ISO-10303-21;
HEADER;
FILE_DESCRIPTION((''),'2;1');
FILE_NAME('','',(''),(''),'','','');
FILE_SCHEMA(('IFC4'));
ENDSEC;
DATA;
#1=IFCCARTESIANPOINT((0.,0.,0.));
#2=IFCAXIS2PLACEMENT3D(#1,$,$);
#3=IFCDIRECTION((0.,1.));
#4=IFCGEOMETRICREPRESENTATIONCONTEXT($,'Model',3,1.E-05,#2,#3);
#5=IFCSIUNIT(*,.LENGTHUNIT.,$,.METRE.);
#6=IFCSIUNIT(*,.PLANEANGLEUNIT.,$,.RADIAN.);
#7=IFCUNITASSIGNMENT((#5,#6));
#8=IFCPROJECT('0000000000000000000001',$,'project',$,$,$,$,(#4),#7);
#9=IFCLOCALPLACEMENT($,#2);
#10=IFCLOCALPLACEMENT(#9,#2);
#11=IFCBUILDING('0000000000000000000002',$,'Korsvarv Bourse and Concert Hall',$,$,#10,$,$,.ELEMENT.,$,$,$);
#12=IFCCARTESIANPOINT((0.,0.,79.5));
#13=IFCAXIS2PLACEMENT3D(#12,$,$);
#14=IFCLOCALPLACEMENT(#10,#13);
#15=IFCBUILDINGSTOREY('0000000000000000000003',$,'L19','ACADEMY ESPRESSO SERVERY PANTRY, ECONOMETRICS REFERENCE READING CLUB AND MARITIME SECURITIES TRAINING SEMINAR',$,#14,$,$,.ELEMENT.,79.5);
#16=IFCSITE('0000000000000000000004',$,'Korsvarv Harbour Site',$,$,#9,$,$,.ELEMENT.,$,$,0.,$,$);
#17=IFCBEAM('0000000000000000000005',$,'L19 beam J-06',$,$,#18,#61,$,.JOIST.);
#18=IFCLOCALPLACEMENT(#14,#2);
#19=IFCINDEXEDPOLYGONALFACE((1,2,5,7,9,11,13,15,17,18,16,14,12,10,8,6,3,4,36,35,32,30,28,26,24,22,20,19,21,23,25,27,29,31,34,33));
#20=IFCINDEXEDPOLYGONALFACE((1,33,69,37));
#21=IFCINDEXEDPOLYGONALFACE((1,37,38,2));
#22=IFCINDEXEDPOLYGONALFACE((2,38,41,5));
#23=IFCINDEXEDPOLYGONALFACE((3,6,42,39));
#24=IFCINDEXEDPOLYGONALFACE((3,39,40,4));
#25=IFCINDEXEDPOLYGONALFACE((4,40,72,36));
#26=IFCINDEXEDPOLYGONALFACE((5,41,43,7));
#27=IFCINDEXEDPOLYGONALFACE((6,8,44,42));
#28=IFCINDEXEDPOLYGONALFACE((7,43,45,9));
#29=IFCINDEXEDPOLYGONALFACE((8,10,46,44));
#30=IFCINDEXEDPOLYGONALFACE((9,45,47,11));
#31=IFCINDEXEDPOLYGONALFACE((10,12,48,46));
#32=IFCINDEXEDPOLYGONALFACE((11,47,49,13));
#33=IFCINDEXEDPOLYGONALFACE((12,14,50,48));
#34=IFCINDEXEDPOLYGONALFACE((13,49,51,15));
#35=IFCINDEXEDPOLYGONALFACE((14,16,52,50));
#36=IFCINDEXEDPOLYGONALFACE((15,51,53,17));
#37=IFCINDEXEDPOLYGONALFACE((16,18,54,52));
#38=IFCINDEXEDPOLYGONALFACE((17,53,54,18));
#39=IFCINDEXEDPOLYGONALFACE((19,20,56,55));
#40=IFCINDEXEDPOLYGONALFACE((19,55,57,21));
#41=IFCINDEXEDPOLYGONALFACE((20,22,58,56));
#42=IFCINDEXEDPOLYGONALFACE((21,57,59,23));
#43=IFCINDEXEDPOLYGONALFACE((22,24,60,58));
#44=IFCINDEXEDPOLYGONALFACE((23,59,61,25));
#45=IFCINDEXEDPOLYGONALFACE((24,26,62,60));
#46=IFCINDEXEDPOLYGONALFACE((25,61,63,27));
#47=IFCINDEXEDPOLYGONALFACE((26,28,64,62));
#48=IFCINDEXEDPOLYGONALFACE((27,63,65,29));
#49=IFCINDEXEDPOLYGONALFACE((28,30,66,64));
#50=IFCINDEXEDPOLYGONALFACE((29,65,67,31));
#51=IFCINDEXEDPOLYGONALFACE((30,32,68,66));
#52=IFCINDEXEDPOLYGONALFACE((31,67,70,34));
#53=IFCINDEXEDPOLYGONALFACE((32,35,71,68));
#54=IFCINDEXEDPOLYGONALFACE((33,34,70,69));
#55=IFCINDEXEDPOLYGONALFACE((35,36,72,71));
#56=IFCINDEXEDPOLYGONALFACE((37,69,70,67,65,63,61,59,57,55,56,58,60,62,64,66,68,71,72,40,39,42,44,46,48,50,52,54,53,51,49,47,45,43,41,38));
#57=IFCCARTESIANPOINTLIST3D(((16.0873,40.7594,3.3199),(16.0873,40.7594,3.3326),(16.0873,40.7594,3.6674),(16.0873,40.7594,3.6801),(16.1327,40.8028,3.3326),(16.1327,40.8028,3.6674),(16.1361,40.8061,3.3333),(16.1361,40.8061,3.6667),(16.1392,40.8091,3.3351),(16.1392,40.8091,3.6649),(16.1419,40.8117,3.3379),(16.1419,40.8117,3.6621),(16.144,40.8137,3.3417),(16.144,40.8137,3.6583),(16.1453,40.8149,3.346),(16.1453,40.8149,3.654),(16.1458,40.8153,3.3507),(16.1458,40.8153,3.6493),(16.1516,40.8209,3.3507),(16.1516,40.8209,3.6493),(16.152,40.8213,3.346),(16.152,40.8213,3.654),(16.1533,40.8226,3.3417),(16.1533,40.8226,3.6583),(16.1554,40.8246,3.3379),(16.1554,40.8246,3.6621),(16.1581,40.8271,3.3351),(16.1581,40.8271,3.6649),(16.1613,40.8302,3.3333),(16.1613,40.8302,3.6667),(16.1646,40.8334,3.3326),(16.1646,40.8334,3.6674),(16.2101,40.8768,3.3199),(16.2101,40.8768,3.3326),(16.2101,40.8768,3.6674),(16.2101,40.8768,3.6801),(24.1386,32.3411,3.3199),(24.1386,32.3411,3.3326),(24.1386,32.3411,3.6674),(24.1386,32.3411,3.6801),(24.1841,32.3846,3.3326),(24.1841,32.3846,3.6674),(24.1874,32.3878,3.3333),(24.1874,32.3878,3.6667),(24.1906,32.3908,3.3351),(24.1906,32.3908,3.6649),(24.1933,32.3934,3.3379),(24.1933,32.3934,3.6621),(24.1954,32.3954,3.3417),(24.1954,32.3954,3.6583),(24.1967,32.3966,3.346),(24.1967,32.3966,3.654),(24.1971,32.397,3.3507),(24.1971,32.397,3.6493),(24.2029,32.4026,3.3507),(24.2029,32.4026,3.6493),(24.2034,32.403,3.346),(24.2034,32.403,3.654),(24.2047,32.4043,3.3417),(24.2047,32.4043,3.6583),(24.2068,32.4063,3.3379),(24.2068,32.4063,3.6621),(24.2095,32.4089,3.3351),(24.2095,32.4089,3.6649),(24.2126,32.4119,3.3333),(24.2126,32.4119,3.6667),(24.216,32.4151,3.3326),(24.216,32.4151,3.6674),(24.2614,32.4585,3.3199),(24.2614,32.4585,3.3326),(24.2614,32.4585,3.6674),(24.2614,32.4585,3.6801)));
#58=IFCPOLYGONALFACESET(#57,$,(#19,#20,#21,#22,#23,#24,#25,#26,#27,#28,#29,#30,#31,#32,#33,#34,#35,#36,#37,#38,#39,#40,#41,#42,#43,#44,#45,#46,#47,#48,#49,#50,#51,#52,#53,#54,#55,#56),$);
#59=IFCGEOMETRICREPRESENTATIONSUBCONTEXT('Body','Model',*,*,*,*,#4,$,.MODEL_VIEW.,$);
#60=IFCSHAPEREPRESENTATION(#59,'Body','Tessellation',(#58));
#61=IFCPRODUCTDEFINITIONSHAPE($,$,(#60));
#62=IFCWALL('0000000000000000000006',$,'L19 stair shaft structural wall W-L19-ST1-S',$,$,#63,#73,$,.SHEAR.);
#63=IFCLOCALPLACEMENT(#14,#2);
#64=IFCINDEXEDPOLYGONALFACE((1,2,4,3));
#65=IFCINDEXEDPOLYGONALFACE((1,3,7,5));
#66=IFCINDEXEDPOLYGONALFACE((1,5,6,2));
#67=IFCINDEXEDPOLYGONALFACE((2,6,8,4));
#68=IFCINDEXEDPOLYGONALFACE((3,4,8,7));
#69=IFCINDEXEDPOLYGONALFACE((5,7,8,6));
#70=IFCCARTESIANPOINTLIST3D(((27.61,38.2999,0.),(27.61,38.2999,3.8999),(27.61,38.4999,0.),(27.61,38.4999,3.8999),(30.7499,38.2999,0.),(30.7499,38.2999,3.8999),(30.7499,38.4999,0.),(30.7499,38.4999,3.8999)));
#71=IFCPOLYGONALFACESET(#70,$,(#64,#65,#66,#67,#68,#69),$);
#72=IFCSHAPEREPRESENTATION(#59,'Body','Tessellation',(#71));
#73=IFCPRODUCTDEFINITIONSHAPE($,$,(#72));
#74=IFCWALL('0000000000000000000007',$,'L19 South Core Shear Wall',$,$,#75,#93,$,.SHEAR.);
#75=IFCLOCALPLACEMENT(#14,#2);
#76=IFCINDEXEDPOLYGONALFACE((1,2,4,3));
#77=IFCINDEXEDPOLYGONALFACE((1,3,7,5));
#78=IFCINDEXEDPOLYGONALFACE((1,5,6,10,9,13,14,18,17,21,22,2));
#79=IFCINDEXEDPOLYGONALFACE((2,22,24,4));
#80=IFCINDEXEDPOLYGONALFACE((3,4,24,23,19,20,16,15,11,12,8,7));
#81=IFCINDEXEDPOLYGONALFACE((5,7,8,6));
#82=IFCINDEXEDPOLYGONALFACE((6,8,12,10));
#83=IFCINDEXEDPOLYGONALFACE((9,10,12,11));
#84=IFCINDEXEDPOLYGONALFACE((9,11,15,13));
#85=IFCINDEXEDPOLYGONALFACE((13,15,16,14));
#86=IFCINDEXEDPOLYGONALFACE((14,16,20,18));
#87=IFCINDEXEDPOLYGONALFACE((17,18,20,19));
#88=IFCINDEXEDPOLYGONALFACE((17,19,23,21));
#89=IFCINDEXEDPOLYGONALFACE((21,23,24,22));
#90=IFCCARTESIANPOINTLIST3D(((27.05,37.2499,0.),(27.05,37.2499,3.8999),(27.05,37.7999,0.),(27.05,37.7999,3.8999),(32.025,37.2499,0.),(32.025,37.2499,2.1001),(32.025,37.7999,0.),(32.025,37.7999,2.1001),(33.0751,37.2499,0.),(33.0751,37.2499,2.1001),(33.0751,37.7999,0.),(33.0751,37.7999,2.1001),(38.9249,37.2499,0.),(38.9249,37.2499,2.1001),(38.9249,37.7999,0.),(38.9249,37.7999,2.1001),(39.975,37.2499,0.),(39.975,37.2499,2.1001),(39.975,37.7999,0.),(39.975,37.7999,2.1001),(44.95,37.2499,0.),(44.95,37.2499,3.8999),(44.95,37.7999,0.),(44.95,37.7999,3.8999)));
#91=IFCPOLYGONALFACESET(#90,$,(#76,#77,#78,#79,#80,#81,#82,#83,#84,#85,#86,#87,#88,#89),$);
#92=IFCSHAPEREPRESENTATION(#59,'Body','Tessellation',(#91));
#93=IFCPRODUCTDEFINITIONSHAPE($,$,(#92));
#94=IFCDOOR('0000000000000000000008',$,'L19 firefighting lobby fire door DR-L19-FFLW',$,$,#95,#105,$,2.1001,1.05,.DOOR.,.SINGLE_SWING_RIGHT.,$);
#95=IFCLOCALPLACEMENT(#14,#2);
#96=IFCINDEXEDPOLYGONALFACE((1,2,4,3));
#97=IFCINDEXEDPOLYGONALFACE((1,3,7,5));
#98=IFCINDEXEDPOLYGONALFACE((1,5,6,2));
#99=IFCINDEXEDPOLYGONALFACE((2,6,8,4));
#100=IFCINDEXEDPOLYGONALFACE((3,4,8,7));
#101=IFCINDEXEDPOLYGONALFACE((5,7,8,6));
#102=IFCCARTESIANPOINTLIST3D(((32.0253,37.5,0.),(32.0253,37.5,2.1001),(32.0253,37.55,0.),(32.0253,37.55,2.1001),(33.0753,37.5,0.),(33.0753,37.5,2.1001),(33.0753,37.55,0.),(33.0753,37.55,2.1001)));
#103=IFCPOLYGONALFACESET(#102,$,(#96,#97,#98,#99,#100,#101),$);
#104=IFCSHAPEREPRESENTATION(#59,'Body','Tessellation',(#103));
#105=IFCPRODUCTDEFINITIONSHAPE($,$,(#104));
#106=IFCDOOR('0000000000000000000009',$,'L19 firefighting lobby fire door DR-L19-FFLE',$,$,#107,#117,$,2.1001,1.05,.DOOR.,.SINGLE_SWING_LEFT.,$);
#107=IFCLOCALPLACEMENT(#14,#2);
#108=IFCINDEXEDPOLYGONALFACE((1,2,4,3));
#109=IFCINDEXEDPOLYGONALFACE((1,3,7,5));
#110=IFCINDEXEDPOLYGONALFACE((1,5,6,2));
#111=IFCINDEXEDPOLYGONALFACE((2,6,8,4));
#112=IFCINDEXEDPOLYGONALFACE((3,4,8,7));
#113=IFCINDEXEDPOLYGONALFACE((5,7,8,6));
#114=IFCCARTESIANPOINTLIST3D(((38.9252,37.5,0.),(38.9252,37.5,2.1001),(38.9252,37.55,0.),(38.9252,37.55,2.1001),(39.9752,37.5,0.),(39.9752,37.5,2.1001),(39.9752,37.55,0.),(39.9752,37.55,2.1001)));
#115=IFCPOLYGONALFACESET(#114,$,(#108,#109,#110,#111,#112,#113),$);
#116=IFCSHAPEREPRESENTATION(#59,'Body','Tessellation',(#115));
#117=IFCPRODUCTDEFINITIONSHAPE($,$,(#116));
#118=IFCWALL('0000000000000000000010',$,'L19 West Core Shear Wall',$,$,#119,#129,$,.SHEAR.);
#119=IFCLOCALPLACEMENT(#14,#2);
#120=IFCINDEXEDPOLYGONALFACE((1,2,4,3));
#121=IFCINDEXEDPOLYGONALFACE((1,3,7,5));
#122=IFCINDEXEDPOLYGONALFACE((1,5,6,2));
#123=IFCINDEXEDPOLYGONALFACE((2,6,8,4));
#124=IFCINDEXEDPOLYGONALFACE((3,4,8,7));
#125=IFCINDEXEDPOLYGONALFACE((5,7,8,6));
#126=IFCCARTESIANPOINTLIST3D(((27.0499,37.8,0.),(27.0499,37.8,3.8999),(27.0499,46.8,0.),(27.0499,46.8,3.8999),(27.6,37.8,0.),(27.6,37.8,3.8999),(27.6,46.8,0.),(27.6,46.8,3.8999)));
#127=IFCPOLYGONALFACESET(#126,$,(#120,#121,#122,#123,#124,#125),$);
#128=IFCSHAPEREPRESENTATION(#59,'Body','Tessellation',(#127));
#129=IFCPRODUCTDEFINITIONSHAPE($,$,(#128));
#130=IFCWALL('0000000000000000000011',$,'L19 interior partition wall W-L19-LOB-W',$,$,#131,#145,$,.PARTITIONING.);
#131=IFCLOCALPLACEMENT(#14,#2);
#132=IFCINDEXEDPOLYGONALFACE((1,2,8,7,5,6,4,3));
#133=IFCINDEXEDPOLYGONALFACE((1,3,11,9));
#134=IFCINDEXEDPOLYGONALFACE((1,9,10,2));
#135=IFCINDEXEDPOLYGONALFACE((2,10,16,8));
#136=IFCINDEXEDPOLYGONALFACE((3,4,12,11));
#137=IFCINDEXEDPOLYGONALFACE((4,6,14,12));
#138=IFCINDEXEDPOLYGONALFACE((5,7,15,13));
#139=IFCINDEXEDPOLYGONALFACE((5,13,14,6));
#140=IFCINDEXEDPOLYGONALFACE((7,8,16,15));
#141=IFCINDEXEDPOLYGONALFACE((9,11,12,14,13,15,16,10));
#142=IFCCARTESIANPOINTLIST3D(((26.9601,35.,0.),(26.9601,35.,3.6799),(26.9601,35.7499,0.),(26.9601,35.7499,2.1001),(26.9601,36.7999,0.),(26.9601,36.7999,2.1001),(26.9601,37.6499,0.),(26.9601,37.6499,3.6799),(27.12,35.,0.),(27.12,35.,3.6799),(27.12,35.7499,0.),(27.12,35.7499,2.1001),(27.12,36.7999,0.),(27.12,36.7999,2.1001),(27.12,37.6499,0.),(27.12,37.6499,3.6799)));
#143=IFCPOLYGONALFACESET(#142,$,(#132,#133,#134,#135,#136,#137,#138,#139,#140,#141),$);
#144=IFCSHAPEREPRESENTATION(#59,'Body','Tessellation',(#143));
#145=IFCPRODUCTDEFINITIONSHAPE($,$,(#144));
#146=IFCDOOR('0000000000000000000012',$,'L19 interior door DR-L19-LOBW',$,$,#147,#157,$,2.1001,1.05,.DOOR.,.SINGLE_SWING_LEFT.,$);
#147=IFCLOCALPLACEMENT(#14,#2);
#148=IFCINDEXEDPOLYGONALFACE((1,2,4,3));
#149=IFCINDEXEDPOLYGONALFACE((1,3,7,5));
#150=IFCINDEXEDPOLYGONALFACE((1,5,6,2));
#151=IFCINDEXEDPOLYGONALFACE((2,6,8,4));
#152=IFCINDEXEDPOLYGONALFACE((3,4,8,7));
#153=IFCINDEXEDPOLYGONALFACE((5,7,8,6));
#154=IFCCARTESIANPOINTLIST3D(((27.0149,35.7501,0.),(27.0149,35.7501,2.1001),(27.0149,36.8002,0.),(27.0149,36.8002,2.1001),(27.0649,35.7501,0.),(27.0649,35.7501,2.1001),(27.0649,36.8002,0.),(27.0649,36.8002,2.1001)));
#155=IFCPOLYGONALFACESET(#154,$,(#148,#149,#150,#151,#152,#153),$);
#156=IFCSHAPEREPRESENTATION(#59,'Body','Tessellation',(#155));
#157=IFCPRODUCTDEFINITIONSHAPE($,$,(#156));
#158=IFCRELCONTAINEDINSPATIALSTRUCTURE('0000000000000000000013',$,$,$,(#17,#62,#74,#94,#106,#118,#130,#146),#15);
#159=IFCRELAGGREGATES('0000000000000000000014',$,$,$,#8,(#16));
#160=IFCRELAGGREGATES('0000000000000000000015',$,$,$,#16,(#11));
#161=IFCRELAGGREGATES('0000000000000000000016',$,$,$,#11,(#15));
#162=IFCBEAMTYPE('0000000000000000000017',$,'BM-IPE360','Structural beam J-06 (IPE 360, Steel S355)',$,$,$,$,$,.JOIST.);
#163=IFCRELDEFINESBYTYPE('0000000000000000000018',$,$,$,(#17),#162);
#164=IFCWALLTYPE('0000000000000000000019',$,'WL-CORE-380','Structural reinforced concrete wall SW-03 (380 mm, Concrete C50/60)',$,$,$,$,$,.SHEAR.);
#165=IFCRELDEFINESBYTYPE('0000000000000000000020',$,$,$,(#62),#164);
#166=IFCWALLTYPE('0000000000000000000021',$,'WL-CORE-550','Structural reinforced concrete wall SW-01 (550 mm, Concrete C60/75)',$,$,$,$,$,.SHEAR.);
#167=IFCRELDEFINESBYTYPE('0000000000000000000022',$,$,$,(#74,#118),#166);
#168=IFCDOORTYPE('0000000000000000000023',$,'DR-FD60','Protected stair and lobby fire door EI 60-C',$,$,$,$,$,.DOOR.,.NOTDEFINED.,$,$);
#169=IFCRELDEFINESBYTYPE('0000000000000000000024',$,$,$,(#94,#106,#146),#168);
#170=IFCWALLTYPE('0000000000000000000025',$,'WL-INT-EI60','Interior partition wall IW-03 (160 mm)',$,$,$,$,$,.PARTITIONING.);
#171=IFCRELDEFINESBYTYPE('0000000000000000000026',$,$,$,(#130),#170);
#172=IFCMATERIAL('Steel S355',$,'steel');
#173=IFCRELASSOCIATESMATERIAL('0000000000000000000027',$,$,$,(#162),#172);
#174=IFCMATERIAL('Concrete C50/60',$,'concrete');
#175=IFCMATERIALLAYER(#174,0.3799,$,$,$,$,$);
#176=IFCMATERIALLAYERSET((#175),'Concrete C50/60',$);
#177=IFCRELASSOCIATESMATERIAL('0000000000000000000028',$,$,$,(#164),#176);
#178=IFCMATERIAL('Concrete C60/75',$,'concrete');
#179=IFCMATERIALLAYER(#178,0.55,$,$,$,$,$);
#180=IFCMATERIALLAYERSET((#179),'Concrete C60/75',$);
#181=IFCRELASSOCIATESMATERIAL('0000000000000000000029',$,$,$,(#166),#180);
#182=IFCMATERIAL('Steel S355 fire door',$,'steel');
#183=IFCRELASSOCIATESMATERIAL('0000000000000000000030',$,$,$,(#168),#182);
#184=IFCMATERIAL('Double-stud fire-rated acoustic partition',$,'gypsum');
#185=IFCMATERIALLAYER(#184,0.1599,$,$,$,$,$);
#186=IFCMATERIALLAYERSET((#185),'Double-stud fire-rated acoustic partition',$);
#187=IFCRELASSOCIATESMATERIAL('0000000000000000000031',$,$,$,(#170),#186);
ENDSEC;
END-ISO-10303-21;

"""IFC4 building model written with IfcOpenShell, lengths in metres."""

from ifc_helpers import new_model, si_unit, direction, frame, frame_2d, origin, origin_2d, place, context, subcontext, project, spatial, rectangle, i_section, extrude, source, transform, mapped, material, layer, layer_set, material_profile, profile_set, type_object, element, fill, save


model = new_model("IFC4")

# Units and contexts
model_context = context("Model", 3, precision=1e-05, world=origin(), true_north=direction((0.0, 1.0)))
body_context = subcontext(model_context, "Body", "Model", "MODEL_VIEW")
ifc_project = project(units=[si_unit("LENGTHUNIT", "METRE"), si_unit("PLANEANGLEUNIT", "RADIAN")], contexts=[model_context])

# Site, building, storey
site_placement = place(None, origin())
site = spatial("IfcSite", under=ifc_project, at=site_placement, Name="Korsvarv Harbour Site", CompositionType="ELEMENT", RefElevation=0.0)
building_placement = place(site_placement, origin())
building = spatial("IfcBuilding", under=site, at=building_placement, Name="Korsvarv Bourse and Concert Hall", CompositionType="ELEMENT")
storey_placement = place(building_placement, frame((0.0, 0.0, 79.5)))
storey = spatial("IfcBuildingStorey", under=building, at=storey_placement, Name="L19", Description="ACADEMY ESPRESSO SERVERY PANTRY, ECONOMETRICS REFERENCE READING CLUB AND MARITIME SECURITIES TRAINING SEMINAR", CompositionType="ELEMENT", Elevation=79.5)

# Shared definitions
ifc_material_1 = material(Name="Concrete C60/75", Category="concrete")

# Beam
ifc_material_2 = material(Name="Steel S355", Category="steel")
ifc_material_profile_1 = material_profile(ifc_material_2, i_section(OverallWidth=0.1699, OverallDepth=0.3601, WebThickness=0.0081, FlangeThickness=0.0127, FilletRadius=0.0181, at=origin_2d()), Name="IPE 360")
ifc_profile_set_1 = profile_set([ifc_material_profile_1], Name="Steel S355")
beam_type_1 = type_object("IfcBeamType", Name="BM-IPE360", Description="Structural beam J-06 (IPE 360, Steel S355)", PredefinedType="JOIST", material=ifc_profile_set_1)
shared_shape_1 = source(origin(), body_context, "Body", "SweptSolid", [
    extrude(i_section(OverallWidth=0.1699, OverallDepth=0.3601, WebThickness=0.0081, FlangeThickness=0.0127, FilletRadius=0.0181, at=origin_2d()), origin(), (0.0, 0.0, 1.0), 11.6487),
])
beam_1_placement = place(storey_placement, frame((16.1487, 40.8181, 3.5), z_axis=(0.691181, -0.722682, 0.0), x_axis=(0.722682, 0.691181, 0.0)))
element("IfcBeam", 1, at=beam_1_placement, inside=storey, type_object=beam_type_1, Name="L19 beam J-06", PredefinedType="JOIST", context=body_context, shape_type="MappedRepresentation", body=[
    mapped(shared_shape_1, transform((0.0, 0.0, 0.0), scale=1.0)),
])

# Wall
ifc_material_3 = material(Name="Concrete C50/60", Category="concrete")
ifc_layer_1 = layer(ifc_material_3, 0.3799)
ifc_layer_set_1 = layer_set([ifc_layer_1], Name="Concrete C50/60")
wall_type_1 = type_object("IfcWallType", Name="WL-CORE-380", Description="Structural reinforced concrete wall SW-03 (380 mm, Concrete C50/60)", PredefinedType="SHEAR", material=ifc_layer_set_1)
wall_1_placement = place(storey_placement, frame((27.6101, 38.3999, 0.0), z_axis=(0.0, 0.0, 1.0), x_axis=(1.0, 0.0, 0.0)))
element("IfcWall", 2, at=wall_1_placement, inside=storey, type_object=wall_type_1, Name="L19 stair shaft structural wall W-L19-ST1-S", PredefinedType="SHEAR", context=body_context, shape_type="SweptSolid", body=[
    extrude(rectangle(XDim=3.1399, YDim=0.2, at=frame_2d((1.5698, 0.0))), origin(), (0.0, 0.0, 1.0), 3.8999),
])

# Wall, openings, doors
ifc_layer_2 = layer(ifc_material_1, 0.55)
ifc_layer_set_2 = layer_set([ifc_layer_2], Name="Concrete C60/75")
wall_type_2 = type_object("IfcWallType", Name="WL-CORE-550", Description="Structural reinforced concrete wall SW-01 (550 mm, Concrete C60/75)", PredefinedType="SHEAR", material=ifc_layer_set_2)
wall_2_placement = place(storey_placement, frame((27.05, 37.5249, 0.0), z_axis=(0.0, 0.0, 1.0), x_axis=(1.0, 0.0, 0.0)))
wall_2 = element("IfcWall", 3, at=wall_2_placement, inside=storey, type_object=wall_type_2, Name="L19 South Core Shear Wall", PredefinedType="SHEAR", context=body_context, shape_type="SweptSolid", body=[
    extrude(rectangle(XDim=17.8999, YDim=0.55, at=frame_2d((8.95, 0.0))), origin(), (0.0, 0.0, 1.0), 3.8999),
])
opening_1_placement = place(wall_2_placement, frame((4.9751, 0.0, 0.0)))
opening_1 = element("IfcOpeningElement", 4, at=opening_1_placement, cuts=wall_2, PredefinedType="OPENING", context=body_context, shape_type="SweptSolid", body=[
    extrude(rectangle(XDim=1.05, YDim=2.1001, at=frame_2d((0.5249, 1.05))), frame((0.0, 0.2852, 0.0), z_axis=(0.0, -1.0, 0.0), x_axis=(1.0, 0.0, 0.0)), (0.0, 0.0, 1.0), 0.5701),
])
opening_2_placement = place(wall_2_placement, frame((11.875, 0.0, 0.0)))
opening_2 = element("IfcOpeningElement", 5, at=opening_2_placement, cuts=wall_2, PredefinedType="OPENING", context=body_context, shape_type="SweptSolid", body=[
    extrude(rectangle(XDim=1.05, YDim=2.1001, at=frame_2d((0.5249, 1.05))), frame((0.0, 0.2852, 0.0), z_axis=(0.0, -1.0, 0.0), x_axis=(1.0, 0.0, 0.0)), (0.0, 0.0, 1.0), 0.5701),
])
ifc_material_4 = material(Name="Steel S355 fire door", Category="steel")
door_type_1 = type_object("IfcDoorType", Name="DR-FD60", Description="Protected stair and lobby fire door EI 60-C", OperationType="NOTDEFINED", PredefinedType="DOOR", material=ifc_material_4)
door_1_placement = place(opening_1_placement, frame((1.05, 0.0, 0.0), z_axis=(0.0, 0.0, 1.0), x_axis=(-1.0, 0.0, 0.0)))
door_1 = element("IfcDoor", 6, at=door_1_placement, inside=storey, type_object=door_type_1, Name="L19 firefighting lobby fire door DR-L19-FFLW", OperationType="SINGLE_SWING_RIGHT", OverallHeight=2.1001, OverallWidth=1.05, PredefinedType="DOOR", context=body_context, shape_type="SweptSolid", body=[
    extrude(rectangle(XDim=1.05, YDim=2.1001, at=frame_2d((0.5249, 1.05))), frame((0.0, 0.0249, 0.0), z_axis=(0.0, -1.0, 0.0), x_axis=(1.0, 0.0, 0.0)), (0.0, 0.0, 1.0), 0.05),
])
fill(opening_1, door_1)
door_2_placement = place(opening_2_placement, frame((1.05, 0.0, 0.0), z_axis=(0.0, 0.0, 1.0), x_axis=(-1.0, 0.0, 0.0)))
door_2 = element("IfcDoor", 7, at=door_2_placement, inside=storey, type_object=door_type_1, Name="L19 firefighting lobby fire door DR-L19-FFLE", OperationType="SINGLE_SWING_LEFT", OverallHeight=2.1001, OverallWidth=1.05, PredefinedType="DOOR", context=body_context, shape_type="SweptSolid", body=[
    extrude(rectangle(XDim=1.05, YDim=2.1001, at=frame_2d((0.5249, 1.05))), frame((0.0, 0.0249, 0.0), z_axis=(0.0, -1.0, 0.0), x_axis=(1.0, 0.0, 0.0)), (0.0, 0.0, 1.0), 0.05),
])
fill(opening_2, door_2)

# Wall
wall_3_placement = place(storey_placement, frame((27.325, 37.8, 0.0), z_axis=(0.0, 0.0, 1.0), x_axis=(0.0, 1.0, 0.0)))
element("IfcWall", 8, at=wall_3_placement, inside=storey, type_object=wall_type_2, Name="L19 West Core Shear Wall", PredefinedType="SHEAR", context=body_context, shape_type="SweptSolid", body=[
    extrude(rectangle(XDim=9.0, YDim=0.55, at=frame_2d((4.5, 0.0))), origin(), (0.0, 0.0, 1.0), 3.8999),
])

# Wall, opening, door
ifc_material_5 = material(Name="Double-stud fire-rated acoustic partition", Category="gypsum")
ifc_layer_3 = layer(ifc_material_5, 0.1599)
ifc_layer_set_3 = layer_set([ifc_layer_3], Name="Double-stud fire-rated acoustic partition")
wall_type_3 = type_object("IfcWallType", Name="WL-INT-EI60", Description="Interior partition wall IW-03 (160 mm)", PredefinedType="PARTITIONING", material=ifc_layer_set_3)
wall_4_placement = place(storey_placement, frame((27.04, 35.0, 0.0), z_axis=(0.0, 0.0, 1.0), x_axis=(0.0, 1.0, 0.0)))
wall_4 = element("IfcWall", 9, at=wall_4_placement, inside=storey, type_object=wall_type_3, Name="L19 interior partition wall W-L19-LOB-W", PredefinedType="PARTITIONING", context=body_context, shape_type="SweptSolid", body=[
    extrude(rectangle(XDim=2.6499, YDim=0.1599, at=frame_2d((1.325, 0.0))), origin(), (0.0, 0.0, 1.0), 3.6799),
])
opening_3_placement = place(wall_4_placement, frame((0.75, 0.0, 0.0)))
opening_3 = element("IfcOpeningElement", 10, at=opening_3_placement, cuts=wall_4, PredefinedType="OPENING", context=body_context, shape_type="SweptSolid", body=[
    extrude(rectangle(XDim=1.05, YDim=2.1001, at=frame_2d((0.5249, 1.05))), frame((0.0, 0.0898, 0.0), z_axis=(0.0, -1.0, 0.0), x_axis=(1.0, 0.0, 0.0)), (0.0, 0.0, 1.0), 0.1799),
])
door_3_placement = place(opening_3_placement, frame((1.05, 0.0, 0.0), z_axis=(0.0, 0.0, 1.0), x_axis=(-1.0, 0.0, 0.0)))
door_3 = element("IfcDoor", 11, at=door_3_placement, inside=storey, type_object=door_type_1, Name="L19 interior door DR-L19-LOBW", OperationType="SINGLE_SWING_LEFT", OverallHeight=2.1001, OverallWidth=1.05, PredefinedType="DOOR", context=body_context, shape_type="SweptSolid", body=[
    extrude(rectangle(XDim=1.05, YDim=2.1001, at=frame_2d((0.5249, 1.05))), frame((0.0, 0.0249, 0.0), z_axis=(0.0, -1.0, 0.0), x_axis=(1.0, 0.0, 0.0)), (0.0, 0.0, 1.0), 0.05),
])
fill(opening_3, door_3)

save(model, "model.ifc")
